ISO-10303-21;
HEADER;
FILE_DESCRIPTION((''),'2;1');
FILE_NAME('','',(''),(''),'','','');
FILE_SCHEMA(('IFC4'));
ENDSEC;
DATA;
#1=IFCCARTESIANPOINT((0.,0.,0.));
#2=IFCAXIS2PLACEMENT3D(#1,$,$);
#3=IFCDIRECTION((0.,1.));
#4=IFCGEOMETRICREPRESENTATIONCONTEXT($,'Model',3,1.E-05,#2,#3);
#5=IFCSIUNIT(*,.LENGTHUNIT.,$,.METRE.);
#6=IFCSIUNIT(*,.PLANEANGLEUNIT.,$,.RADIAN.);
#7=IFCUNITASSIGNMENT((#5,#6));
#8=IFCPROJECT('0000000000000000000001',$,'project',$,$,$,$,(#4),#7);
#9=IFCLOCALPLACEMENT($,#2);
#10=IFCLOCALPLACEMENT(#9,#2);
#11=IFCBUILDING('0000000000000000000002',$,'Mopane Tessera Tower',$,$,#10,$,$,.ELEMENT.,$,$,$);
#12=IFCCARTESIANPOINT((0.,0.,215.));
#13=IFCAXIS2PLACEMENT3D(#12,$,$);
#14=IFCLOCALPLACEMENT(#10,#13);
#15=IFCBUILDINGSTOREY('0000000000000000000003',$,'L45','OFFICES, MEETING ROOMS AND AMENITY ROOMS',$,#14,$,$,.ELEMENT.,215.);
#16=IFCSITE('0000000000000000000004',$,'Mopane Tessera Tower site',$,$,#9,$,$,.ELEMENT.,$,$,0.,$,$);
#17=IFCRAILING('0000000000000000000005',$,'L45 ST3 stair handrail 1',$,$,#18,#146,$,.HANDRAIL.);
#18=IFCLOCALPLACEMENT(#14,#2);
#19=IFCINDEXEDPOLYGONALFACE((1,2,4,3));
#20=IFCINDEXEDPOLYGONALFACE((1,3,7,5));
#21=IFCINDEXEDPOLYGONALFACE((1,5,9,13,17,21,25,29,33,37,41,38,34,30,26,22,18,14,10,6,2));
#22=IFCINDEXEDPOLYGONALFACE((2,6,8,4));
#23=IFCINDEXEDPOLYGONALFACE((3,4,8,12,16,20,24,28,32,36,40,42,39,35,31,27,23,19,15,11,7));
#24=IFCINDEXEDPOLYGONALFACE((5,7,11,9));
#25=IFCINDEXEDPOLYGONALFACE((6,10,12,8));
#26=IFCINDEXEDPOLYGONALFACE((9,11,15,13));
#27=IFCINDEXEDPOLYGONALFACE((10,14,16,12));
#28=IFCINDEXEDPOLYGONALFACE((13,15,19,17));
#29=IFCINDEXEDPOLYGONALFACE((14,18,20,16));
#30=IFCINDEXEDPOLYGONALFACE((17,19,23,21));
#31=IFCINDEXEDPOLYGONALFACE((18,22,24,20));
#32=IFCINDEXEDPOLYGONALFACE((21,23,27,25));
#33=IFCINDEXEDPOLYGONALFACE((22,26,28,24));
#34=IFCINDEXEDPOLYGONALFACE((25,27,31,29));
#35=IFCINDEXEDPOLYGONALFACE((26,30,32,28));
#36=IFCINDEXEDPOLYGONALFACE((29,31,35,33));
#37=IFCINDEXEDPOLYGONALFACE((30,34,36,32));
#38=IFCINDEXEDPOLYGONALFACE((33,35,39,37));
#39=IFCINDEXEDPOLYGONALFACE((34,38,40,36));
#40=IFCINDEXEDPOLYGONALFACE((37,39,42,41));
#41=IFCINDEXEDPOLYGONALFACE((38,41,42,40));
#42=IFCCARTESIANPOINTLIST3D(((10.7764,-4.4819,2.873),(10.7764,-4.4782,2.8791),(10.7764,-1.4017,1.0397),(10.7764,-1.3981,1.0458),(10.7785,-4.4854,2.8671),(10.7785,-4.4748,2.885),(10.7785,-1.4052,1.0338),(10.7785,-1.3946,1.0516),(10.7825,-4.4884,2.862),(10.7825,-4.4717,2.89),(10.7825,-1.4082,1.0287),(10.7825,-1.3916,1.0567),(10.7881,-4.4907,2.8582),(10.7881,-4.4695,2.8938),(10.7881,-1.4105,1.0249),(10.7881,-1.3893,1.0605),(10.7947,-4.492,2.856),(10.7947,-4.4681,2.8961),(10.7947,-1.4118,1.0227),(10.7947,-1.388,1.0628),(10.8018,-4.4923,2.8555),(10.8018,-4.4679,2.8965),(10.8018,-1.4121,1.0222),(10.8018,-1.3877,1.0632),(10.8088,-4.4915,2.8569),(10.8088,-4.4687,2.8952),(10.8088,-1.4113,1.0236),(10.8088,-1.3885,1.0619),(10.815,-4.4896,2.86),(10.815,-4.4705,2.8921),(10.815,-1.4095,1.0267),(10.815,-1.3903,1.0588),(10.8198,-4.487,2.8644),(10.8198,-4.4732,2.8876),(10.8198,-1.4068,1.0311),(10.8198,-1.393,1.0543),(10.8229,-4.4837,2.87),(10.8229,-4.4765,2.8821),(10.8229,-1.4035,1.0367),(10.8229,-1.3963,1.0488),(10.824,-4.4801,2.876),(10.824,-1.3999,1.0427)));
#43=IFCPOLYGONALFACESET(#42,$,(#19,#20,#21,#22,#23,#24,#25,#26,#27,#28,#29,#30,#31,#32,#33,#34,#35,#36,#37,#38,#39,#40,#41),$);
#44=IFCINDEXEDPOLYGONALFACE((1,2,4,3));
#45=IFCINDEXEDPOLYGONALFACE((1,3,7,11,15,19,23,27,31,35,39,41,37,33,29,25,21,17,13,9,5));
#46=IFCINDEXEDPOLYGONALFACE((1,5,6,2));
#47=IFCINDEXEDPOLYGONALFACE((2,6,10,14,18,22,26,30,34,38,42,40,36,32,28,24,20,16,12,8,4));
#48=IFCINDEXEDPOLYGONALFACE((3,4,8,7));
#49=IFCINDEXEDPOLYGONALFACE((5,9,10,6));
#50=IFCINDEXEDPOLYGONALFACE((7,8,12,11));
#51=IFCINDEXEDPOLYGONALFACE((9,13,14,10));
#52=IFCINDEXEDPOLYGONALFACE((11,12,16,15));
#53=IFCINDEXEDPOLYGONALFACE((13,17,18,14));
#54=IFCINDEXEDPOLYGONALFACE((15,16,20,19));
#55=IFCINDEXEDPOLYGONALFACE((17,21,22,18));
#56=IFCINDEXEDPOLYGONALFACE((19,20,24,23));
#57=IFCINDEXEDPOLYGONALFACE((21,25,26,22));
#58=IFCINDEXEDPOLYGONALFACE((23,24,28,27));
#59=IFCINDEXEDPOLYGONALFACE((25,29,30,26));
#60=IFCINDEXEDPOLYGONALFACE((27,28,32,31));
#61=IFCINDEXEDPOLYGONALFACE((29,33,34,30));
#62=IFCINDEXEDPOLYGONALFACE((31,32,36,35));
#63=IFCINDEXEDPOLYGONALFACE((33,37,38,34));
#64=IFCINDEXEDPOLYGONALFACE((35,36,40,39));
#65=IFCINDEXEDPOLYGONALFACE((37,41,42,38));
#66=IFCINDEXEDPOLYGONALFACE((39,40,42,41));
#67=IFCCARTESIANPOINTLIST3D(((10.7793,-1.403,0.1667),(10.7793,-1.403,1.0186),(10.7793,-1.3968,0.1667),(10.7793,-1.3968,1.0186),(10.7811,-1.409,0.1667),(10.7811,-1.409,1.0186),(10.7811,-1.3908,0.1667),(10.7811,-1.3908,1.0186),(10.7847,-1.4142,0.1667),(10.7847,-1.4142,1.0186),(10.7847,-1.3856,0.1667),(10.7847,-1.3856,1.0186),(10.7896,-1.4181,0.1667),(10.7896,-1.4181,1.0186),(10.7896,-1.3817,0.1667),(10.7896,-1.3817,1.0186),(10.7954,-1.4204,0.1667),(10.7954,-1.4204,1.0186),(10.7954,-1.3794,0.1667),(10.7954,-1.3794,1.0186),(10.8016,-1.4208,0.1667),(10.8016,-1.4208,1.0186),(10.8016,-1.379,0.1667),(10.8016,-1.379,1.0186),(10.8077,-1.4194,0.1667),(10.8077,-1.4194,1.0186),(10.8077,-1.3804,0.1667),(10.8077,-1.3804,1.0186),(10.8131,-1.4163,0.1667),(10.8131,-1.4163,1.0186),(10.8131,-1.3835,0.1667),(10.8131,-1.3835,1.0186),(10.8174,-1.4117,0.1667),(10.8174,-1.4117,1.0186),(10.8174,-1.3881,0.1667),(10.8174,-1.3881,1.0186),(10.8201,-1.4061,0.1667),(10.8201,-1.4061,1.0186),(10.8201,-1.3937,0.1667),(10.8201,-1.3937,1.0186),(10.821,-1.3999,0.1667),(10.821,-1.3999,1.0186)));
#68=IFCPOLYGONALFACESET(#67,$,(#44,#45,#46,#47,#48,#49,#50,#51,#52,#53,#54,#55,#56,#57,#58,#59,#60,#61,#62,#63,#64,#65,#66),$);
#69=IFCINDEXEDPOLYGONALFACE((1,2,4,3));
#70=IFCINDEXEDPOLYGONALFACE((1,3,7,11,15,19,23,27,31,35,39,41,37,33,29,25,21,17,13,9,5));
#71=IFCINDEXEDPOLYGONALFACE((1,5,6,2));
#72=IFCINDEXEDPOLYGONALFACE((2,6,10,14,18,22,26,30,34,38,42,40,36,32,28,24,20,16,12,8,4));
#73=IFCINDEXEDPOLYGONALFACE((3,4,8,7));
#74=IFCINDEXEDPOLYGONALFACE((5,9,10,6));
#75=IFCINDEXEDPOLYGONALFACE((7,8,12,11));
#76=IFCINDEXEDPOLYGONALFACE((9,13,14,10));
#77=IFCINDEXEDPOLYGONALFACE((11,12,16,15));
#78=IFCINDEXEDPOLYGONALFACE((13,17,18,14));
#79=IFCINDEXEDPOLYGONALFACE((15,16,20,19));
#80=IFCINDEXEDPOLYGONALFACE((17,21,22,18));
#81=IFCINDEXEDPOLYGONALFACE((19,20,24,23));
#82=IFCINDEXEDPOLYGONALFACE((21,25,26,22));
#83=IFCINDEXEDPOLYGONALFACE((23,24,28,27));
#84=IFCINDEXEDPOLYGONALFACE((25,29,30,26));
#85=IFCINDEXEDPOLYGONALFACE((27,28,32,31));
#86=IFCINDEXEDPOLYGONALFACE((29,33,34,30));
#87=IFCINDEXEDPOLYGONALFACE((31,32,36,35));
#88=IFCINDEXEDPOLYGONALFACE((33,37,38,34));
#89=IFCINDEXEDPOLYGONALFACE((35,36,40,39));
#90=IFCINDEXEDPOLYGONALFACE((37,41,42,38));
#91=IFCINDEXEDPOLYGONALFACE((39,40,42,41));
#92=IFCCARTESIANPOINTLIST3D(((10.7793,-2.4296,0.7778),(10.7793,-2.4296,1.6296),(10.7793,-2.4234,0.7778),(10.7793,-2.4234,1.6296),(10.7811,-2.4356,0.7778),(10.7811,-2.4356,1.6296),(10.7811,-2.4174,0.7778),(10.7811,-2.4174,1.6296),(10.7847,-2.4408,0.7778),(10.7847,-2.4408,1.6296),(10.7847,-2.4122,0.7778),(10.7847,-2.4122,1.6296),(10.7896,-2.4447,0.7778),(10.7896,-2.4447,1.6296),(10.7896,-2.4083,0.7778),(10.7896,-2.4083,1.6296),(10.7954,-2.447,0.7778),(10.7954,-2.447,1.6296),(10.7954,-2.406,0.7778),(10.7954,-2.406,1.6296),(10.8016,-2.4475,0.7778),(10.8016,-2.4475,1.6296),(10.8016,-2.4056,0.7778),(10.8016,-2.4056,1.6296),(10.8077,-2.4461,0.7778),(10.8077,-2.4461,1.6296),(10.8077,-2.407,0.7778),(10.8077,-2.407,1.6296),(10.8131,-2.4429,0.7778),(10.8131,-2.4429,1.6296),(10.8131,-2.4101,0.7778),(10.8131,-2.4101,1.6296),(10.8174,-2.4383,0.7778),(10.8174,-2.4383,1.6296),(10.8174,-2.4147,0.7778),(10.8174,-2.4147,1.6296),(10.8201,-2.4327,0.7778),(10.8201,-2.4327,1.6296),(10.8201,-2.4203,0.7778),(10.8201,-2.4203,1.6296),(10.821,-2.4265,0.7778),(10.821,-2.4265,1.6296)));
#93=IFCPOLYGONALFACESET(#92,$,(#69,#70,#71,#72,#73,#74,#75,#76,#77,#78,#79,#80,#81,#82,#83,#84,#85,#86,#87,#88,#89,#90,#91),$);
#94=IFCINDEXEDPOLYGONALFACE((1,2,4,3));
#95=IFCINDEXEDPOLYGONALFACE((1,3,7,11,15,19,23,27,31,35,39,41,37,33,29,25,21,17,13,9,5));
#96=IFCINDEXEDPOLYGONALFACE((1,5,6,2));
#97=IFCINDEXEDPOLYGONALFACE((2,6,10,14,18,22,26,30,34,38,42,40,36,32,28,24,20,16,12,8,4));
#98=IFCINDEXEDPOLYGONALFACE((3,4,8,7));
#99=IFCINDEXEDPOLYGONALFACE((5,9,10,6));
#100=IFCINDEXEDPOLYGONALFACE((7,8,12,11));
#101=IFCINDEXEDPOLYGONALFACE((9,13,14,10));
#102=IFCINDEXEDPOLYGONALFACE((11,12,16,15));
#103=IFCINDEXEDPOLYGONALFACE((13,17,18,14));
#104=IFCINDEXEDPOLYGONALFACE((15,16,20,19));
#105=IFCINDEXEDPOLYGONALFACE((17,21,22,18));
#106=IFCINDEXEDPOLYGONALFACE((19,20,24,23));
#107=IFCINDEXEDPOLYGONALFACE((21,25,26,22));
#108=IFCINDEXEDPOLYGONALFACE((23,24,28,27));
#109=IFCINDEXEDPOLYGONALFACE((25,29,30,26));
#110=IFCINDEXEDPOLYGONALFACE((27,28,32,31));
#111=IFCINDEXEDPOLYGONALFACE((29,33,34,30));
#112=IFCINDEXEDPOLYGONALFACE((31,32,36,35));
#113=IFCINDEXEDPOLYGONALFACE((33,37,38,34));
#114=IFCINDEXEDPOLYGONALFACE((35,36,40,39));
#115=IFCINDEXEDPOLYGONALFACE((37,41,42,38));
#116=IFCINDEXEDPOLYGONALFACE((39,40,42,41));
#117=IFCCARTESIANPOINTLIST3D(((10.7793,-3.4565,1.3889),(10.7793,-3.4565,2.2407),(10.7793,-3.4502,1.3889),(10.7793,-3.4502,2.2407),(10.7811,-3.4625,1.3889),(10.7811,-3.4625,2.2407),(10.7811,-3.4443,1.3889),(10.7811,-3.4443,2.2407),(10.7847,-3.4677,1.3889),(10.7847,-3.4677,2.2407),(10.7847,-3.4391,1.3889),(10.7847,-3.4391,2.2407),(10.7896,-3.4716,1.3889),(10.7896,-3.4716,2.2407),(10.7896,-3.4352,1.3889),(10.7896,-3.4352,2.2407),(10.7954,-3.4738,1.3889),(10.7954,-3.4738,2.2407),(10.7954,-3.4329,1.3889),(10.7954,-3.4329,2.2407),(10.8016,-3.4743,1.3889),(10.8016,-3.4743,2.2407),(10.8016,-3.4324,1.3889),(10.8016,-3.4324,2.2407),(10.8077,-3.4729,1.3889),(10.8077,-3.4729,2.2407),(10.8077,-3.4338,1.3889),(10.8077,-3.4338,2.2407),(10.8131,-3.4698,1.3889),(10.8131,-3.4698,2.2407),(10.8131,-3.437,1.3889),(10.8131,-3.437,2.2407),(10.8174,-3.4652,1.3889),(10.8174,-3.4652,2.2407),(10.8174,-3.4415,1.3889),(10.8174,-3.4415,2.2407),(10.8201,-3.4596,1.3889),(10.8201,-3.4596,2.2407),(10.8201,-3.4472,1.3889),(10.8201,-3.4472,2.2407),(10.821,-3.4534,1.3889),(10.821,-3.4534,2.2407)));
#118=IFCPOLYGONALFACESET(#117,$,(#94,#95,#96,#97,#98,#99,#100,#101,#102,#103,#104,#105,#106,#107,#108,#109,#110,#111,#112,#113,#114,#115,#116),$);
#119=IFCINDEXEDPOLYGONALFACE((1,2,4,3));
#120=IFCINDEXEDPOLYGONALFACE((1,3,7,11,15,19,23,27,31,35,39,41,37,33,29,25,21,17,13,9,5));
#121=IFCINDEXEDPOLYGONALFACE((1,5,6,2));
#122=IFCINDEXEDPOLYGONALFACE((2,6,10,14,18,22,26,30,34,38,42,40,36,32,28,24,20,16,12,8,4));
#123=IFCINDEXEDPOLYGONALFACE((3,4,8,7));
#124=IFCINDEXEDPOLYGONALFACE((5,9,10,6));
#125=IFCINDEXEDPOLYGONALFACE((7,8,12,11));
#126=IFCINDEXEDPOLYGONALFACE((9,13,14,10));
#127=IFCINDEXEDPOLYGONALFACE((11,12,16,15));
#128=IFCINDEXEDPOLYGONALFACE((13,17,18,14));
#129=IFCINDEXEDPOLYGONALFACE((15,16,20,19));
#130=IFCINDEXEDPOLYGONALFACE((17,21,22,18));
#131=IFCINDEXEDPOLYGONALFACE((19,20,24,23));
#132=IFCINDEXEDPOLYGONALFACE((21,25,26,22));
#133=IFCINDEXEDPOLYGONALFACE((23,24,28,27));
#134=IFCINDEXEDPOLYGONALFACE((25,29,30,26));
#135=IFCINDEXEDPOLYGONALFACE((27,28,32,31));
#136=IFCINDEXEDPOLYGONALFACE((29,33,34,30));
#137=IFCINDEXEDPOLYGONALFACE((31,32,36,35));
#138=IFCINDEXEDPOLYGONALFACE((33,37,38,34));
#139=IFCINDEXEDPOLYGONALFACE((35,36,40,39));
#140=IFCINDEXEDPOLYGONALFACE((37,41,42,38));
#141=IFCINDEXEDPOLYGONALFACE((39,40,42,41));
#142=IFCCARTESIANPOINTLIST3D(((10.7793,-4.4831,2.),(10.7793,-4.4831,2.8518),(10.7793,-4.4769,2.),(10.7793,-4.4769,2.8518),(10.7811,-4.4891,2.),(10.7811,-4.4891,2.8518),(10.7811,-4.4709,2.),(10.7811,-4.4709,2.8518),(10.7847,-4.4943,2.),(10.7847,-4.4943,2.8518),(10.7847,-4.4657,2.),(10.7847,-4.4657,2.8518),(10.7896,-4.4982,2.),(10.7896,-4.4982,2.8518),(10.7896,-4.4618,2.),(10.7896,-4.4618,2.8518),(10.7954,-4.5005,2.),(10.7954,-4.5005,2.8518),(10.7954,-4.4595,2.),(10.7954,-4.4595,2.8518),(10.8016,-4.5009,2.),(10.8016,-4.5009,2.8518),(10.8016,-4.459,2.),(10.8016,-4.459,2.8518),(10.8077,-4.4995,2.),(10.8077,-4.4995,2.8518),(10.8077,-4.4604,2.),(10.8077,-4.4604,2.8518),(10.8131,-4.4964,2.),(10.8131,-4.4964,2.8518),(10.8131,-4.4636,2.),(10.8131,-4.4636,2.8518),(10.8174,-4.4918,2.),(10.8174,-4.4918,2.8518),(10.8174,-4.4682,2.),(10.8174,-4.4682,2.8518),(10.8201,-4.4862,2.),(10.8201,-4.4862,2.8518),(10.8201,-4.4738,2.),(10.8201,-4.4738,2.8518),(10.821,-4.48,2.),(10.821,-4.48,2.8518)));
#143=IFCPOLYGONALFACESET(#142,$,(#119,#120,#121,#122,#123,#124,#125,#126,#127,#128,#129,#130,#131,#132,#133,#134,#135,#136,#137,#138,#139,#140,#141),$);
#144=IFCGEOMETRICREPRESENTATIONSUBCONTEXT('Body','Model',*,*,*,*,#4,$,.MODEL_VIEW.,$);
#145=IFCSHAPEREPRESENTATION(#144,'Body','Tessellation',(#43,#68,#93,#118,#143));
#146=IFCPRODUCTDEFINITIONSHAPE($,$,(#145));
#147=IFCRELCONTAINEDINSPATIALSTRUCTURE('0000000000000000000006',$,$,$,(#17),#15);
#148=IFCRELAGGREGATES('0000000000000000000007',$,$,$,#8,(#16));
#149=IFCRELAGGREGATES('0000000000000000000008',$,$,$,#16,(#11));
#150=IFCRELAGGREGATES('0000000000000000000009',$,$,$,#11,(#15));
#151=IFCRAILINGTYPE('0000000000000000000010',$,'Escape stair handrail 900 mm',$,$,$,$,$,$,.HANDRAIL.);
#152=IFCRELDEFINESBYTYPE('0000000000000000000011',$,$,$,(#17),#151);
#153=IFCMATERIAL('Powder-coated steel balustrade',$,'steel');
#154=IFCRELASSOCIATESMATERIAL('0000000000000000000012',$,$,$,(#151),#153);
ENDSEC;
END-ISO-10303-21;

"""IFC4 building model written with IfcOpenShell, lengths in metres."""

from ifc_helpers import new_model, si_unit, direction, frame, origin, origin_2d, place, context, subcontext, project, spatial, circle, extrude, material, type_object, element, save


model = new_model("IFC4")

# Units and contexts
model_context = context("Model", 3, precision=1e-05, world=origin(), true_north=direction((0.0, 1.0)))
body_context = subcontext(model_context, "Body", "Model", "MODEL_VIEW")
ifc_project = project(units=[si_unit("LENGTHUNIT", "METRE"), si_unit("PLANEANGLEUNIT", "RADIAN")], contexts=[model_context])

# Site, building, storey
site_placement = place(None, origin())
site = spatial("IfcSite", under=ifc_project, at=site_placement, Name="Mopane Tessera Tower site", CompositionType="ELEMENT", RefElevation=0.0)
building_placement = place(site_placement, origin())
building = spatial("IfcBuilding", under=site, at=building_placement, Name="Mopane Tessera Tower", CompositionType="ELEMENT")
storey_placement = place(building_placement, frame((0.0, 0.0, 215.0)))
storey = spatial("IfcBuildingStorey", under=building, at=storey_placement, Name="L45", Description="OFFICES, MEETING ROOMS AND AMENITY ROOMS", CompositionType="ELEMENT", Elevation=215.0)

# Railing
ifc_material_1 = material(Name="Powder-coated steel balustrade", Category="steel")
railing_type_1 = type_object("IfcRailingType", Name="Escape stair handrail 900 mm", PredefinedType="HANDRAIL", material=ifc_material_1)
railing_1_placement = place(storey_placement, frame((10.8, -1.3999, 0.1667)))
element("IfcRailing", 1, at=railing_1_placement, inside=storey, type_object=railing_type_1, Name="L45 ST3 stair handrail 1", PredefinedType="HANDRAIL", context=body_context, shape_type="SweptSolid", body=[
    extrude(circle(Radius=0.0239, at=origin_2d()), frame((0.0, 0.0, 0.876), z_axis=(0.0, -0.859309, 0.511458), x_axis=(1.0, 0.0, 0.0)), (0.0, 0.0, 1.0), 3.5845),
    extrude(circle(Radius=0.021, at=origin_2d()), origin(), (0.0, 0.0, 1.0), 0.8518),
    extrude(circle(Radius=0.021, at=origin_2d()), frame((0.0, -1.0266, 0.6111)), (0.0, 0.0, 1.0), 0.8518),
    extrude(circle(Radius=0.021, at=origin_2d()), frame((0.0, -2.0535, 1.2222)), (0.0, 0.0, 1.0), 0.8518),
    extrude(circle(Radius=0.021, at=origin_2d()), frame((0.0, -3.0801, 1.8333)), (0.0, 0.0, 1.0), 0.8518),
])

save(model, "model.ifc")
